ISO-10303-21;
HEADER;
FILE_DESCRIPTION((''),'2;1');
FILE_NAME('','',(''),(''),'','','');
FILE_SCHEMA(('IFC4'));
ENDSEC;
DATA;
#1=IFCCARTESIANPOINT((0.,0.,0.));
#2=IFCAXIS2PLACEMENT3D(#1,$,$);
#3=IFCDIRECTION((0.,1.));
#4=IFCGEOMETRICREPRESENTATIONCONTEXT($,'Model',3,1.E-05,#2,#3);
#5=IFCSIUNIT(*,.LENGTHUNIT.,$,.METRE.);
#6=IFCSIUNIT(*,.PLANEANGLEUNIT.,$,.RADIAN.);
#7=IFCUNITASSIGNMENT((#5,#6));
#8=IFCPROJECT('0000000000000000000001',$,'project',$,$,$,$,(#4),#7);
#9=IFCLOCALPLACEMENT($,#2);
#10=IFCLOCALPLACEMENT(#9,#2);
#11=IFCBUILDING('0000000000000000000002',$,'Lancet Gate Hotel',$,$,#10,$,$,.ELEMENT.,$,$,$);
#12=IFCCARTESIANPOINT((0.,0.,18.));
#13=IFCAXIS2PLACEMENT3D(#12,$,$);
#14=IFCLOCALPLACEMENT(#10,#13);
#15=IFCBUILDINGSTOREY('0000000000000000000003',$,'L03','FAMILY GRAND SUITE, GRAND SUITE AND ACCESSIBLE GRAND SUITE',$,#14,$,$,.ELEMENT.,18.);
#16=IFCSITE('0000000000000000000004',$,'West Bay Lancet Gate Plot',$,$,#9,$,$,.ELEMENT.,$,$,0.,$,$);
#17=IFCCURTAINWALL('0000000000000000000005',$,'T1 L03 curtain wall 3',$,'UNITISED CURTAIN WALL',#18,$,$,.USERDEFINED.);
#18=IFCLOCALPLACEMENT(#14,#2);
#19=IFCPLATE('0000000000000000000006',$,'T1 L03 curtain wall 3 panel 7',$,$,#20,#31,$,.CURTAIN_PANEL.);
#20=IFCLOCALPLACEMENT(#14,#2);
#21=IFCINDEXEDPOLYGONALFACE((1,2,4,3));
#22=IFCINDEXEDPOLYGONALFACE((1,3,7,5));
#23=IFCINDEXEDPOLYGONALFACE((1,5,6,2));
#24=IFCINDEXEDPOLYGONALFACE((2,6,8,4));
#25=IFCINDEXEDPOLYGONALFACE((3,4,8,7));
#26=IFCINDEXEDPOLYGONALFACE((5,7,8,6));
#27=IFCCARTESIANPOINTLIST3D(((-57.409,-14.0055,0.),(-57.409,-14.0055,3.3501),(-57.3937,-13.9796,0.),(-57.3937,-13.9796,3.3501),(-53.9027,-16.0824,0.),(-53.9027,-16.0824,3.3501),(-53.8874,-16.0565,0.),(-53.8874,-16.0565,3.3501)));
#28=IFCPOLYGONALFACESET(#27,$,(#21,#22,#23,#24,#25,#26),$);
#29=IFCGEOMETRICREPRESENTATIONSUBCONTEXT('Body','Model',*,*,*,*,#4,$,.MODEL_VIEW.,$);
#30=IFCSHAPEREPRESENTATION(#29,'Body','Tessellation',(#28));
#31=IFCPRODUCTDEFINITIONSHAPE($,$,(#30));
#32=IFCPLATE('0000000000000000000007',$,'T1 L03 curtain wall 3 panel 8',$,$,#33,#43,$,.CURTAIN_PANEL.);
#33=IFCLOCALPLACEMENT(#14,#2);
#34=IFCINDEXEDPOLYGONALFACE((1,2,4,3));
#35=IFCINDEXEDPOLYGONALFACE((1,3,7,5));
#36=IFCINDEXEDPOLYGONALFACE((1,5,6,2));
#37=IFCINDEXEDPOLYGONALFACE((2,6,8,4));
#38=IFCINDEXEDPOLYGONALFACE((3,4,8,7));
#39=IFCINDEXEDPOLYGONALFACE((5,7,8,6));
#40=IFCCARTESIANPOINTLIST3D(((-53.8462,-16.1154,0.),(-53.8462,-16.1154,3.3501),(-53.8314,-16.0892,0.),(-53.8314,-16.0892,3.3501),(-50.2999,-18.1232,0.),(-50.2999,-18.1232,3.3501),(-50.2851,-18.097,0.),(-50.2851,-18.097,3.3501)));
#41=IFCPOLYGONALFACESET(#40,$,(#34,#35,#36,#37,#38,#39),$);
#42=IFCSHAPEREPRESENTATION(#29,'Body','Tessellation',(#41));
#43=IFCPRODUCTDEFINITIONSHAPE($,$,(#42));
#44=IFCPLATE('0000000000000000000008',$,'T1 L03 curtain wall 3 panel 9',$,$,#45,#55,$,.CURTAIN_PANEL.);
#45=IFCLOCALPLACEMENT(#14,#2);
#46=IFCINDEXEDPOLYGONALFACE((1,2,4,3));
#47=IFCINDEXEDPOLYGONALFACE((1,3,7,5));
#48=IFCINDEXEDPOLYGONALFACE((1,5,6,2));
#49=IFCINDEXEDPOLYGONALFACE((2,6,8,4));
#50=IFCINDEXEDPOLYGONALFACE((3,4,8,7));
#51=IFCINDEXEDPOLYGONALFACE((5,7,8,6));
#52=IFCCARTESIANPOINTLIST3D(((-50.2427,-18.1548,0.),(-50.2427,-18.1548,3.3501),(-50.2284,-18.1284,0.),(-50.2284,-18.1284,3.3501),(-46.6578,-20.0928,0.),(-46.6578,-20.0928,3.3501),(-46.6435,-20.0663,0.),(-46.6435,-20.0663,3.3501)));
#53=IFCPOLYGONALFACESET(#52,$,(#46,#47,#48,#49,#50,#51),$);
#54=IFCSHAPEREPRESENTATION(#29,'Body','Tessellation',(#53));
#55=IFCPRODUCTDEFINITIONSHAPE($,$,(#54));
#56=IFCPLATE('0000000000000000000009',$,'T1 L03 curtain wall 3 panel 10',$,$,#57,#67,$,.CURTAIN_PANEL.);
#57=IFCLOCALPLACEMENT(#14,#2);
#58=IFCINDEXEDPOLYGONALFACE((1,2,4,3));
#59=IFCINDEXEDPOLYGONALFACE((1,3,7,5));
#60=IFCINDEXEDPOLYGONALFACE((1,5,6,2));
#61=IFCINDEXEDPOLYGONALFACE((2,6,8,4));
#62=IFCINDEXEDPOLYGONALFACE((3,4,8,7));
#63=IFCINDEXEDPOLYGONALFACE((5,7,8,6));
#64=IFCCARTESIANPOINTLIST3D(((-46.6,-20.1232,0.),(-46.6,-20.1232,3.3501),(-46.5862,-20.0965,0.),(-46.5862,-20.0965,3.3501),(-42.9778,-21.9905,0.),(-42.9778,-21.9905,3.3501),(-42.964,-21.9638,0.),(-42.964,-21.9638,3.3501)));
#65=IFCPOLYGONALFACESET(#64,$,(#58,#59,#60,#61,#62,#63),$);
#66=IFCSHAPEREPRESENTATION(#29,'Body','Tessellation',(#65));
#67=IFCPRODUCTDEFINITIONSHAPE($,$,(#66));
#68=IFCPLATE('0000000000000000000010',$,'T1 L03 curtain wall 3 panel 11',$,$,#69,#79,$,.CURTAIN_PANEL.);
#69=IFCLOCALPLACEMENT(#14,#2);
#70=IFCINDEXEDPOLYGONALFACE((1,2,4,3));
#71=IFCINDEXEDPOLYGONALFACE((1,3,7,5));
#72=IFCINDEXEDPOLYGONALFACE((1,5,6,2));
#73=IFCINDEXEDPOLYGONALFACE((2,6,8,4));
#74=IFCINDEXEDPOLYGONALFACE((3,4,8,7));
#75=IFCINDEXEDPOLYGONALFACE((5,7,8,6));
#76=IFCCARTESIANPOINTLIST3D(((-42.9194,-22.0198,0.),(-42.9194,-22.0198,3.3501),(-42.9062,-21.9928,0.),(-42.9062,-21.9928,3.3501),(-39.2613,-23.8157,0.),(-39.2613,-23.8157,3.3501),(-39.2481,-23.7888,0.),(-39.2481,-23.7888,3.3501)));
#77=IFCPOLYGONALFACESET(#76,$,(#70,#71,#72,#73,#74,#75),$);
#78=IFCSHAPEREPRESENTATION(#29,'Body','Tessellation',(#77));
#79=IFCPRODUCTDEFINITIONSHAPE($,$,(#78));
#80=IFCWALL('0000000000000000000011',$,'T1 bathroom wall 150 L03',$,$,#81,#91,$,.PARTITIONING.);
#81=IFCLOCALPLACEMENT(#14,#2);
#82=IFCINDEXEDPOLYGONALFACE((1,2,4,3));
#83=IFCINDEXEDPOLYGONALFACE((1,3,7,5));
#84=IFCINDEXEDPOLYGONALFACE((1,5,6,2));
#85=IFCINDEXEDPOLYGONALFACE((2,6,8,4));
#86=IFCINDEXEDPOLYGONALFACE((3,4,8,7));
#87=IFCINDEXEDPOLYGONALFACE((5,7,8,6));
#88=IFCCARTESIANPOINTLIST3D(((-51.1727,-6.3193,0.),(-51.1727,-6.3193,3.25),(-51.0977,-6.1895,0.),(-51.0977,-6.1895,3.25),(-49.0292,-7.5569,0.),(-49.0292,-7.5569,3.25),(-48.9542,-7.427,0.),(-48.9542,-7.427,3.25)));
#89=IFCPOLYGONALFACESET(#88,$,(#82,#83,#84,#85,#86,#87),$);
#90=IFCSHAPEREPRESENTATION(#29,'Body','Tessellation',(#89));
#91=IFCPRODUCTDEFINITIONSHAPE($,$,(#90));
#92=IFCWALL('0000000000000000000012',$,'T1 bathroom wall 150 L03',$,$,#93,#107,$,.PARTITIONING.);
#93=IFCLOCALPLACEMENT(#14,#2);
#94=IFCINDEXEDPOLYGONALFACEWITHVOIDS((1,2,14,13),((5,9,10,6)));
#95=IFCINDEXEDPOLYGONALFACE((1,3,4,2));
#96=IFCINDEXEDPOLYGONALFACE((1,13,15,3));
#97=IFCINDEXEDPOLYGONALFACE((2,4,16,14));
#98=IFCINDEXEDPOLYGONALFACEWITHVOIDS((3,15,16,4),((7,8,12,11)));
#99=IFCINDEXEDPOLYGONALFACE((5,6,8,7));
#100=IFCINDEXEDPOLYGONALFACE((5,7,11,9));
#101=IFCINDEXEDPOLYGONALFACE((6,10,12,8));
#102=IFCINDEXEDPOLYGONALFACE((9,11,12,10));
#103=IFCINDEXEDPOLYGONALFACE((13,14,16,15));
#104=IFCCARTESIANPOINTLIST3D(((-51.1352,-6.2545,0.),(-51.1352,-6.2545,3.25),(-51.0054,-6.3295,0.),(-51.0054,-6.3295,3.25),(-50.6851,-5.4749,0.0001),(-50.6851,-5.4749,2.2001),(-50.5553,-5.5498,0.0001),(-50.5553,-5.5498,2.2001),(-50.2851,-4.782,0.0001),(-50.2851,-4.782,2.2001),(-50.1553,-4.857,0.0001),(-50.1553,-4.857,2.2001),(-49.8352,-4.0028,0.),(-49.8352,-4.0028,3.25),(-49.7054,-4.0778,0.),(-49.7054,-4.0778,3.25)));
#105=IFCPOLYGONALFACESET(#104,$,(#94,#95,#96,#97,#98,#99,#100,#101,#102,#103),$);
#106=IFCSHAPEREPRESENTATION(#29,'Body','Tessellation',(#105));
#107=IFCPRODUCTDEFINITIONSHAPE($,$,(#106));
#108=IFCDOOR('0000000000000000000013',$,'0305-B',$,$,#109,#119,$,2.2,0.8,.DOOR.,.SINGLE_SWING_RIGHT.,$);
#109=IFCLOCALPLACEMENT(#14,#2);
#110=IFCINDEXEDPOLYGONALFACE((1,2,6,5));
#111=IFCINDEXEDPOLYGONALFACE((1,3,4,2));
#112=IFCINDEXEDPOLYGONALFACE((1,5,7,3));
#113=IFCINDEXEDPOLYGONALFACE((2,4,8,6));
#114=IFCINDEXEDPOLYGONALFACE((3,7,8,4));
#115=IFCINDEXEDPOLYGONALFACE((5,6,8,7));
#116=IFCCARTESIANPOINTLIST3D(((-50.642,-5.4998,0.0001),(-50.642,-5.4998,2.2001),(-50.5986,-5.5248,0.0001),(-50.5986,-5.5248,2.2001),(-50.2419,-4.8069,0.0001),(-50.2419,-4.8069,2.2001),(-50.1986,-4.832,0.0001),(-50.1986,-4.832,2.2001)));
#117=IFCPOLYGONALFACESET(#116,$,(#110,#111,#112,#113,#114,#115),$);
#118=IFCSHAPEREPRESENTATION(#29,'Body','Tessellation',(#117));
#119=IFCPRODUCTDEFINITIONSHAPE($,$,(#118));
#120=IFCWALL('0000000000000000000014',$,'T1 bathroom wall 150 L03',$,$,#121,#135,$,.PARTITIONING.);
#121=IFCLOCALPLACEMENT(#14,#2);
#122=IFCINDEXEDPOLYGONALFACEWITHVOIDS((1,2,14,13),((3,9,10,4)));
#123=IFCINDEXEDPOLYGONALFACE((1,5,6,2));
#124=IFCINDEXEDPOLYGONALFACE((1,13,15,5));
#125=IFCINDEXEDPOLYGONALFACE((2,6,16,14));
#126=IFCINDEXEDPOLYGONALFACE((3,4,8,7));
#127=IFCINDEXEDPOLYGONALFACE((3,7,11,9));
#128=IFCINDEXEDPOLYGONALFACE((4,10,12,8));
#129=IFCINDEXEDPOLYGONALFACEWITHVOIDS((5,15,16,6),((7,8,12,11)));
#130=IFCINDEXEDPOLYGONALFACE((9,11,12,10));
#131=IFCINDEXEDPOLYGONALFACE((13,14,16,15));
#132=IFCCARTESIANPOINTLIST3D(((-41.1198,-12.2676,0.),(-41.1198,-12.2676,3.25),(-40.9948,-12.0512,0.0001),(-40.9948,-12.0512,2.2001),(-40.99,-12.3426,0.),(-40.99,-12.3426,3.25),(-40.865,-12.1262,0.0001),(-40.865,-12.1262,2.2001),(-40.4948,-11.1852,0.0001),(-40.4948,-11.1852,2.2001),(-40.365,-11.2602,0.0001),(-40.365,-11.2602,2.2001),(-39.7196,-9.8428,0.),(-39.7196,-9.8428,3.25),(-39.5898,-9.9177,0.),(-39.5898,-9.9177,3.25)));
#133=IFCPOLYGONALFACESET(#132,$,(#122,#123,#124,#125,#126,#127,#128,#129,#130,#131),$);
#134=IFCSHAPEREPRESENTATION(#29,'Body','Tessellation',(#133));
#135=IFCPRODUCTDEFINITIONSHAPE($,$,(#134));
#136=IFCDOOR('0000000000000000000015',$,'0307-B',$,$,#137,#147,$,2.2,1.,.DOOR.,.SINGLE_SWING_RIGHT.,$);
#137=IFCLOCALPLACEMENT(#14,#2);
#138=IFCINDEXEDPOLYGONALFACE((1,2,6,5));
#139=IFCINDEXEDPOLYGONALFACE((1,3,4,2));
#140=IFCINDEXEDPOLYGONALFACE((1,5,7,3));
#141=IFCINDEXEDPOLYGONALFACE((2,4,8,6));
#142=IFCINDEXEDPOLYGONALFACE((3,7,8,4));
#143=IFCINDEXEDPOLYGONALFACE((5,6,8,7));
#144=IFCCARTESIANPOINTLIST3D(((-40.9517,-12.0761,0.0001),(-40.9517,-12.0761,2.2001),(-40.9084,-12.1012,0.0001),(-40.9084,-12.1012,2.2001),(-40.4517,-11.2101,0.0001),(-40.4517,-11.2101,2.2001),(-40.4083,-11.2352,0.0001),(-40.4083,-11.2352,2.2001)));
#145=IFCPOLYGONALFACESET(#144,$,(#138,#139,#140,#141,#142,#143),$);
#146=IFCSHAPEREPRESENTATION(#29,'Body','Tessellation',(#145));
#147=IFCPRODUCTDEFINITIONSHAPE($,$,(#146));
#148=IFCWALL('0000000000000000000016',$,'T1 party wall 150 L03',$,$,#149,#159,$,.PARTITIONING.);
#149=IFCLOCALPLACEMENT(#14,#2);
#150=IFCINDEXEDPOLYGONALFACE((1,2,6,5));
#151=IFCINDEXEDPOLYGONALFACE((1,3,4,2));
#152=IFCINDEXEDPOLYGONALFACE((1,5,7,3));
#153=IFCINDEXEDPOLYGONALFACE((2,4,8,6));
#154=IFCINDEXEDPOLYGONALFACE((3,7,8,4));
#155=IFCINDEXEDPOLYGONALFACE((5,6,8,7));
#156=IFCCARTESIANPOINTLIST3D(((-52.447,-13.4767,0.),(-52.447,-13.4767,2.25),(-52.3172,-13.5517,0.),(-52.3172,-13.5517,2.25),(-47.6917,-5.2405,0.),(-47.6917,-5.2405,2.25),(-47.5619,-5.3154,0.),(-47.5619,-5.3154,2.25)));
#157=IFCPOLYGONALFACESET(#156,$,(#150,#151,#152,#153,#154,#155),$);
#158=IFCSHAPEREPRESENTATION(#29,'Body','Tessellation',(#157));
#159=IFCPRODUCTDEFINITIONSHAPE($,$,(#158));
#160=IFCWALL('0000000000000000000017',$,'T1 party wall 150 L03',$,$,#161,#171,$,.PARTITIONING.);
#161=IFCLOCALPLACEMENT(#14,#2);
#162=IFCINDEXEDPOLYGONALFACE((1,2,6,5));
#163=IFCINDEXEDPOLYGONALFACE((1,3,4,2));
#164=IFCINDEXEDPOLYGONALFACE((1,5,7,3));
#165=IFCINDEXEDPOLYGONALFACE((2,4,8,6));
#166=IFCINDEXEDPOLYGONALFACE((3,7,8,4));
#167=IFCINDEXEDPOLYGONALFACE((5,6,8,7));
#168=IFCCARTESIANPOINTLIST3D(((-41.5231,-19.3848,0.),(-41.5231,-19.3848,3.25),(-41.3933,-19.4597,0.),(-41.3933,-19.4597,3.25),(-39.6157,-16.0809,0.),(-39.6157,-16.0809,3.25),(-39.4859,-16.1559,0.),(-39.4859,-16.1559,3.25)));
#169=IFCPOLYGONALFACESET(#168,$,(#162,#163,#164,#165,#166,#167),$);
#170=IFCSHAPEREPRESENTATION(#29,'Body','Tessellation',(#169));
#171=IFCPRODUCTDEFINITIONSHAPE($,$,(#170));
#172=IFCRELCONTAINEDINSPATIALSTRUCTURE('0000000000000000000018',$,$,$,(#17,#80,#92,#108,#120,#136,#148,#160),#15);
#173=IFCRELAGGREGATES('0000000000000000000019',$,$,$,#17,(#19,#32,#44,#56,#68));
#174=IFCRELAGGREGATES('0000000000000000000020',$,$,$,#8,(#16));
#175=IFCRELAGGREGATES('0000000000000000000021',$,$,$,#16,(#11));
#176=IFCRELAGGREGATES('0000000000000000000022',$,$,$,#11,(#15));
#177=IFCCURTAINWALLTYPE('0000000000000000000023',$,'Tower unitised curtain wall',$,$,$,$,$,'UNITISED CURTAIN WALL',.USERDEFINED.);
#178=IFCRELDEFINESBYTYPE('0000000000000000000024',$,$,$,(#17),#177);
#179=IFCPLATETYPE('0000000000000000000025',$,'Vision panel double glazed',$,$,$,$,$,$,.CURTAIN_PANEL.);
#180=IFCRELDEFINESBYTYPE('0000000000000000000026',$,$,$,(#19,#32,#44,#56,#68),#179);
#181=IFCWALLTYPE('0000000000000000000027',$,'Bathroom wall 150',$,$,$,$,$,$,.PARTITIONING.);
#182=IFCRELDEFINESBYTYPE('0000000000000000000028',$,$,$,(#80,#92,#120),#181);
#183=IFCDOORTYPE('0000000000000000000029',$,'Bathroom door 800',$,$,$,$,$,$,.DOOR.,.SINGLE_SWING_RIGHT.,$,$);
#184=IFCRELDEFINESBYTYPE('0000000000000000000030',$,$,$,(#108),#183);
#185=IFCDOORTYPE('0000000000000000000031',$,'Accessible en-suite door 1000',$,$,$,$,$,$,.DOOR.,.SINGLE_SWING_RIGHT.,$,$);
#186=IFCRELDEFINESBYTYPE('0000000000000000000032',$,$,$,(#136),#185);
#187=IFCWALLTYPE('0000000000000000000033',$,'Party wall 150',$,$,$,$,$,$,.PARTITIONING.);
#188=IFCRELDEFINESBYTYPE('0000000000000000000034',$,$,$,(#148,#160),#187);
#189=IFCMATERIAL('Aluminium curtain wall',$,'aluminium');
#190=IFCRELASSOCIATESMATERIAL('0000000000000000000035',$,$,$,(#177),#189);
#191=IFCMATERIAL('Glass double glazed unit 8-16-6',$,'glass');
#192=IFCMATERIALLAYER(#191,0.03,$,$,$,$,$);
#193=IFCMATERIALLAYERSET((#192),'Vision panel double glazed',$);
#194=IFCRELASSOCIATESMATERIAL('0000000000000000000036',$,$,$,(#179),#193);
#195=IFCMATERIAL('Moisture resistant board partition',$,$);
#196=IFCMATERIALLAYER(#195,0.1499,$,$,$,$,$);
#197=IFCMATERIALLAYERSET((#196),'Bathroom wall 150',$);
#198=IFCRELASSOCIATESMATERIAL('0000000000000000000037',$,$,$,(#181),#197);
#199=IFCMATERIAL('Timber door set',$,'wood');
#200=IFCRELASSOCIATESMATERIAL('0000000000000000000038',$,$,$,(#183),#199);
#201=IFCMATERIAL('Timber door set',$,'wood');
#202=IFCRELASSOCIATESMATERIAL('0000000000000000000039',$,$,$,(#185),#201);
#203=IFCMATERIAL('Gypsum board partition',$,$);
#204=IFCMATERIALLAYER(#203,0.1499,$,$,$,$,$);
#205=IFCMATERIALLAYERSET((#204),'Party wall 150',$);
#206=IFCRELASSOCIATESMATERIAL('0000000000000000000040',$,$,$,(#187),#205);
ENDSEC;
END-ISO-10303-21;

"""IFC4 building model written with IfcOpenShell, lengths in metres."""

from ifc_helpers import new_model, si_unit, direction, frame, frame_2d, origin, origin_2d, place, context, subcontext, project, spatial, rectangle, extrude, material, layer, layer_set, type_object, element, fill, aggregate, save


model = new_model("IFC4")

# Units and contexts
model_context = context("Model", 3, precision=1e-05, world=origin(), true_north=direction((0.0, 1.0)))
body_context = subcontext(model_context, "Body", "Model", "MODEL_VIEW")
ifc_project = project(units=[si_unit("LENGTHUNIT", "METRE"), si_unit("PLANEANGLEUNIT", "RADIAN")], contexts=[model_context])

# Site, building, storey
site_placement = place(None, origin())
site = spatial("IfcSite", under=ifc_project, at=site_placement, Name="West Bay Lancet Gate Plot", CompositionType="ELEMENT", RefElevation=0.0)
building_placement = place(site_placement, origin())
building = spatial("IfcBuilding", under=site, at=building_placement, Name="Lancet Gate Hotel", CompositionType="ELEMENT")
storey_placement = place(building_placement, frame((0.0, 0.0, 18.0)))
storey = spatial("IfcBuildingStorey", under=building, at=storey_placement, Name="L03", Description="FAMILY GRAND SUITE, GRAND SUITE AND ACCESSIBLE GRAND SUITE", CompositionType="ELEMENT", Elevation=18.0)

# Curtain wall
ifc_material_1 = material(Name="Aluminium curtain wall", Category="aluminium")
curtain_wall_type = type_object("IfcCurtainWallType", Name="Tower unitised curtain wall", ElementType="UNITISED CURTAIN WALL", PredefinedType="USERDEFINED", material=ifc_material_1)
curtain_wall_placement = place(storey_placement, origin())
curtain_wall = element("IfcCurtainWall", 1, at=curtain_wall_placement, inside=storey, type_object=curtain_wall_type, Name="T1 L03 curtain wall 3", ObjectType="UNITISED CURTAIN WALL", PredefinedType="USERDEFINED")

# Plates
ifc_material_2 = material(Name="Glass double glazed unit 8-16-6", Category="glass")
ifc_layer_1 = layer(ifc_material_2, 0.03)
ifc_layer_set_1 = layer_set([ifc_layer_1], Name="Vision panel double glazed")
plate_type = type_object("IfcPlateType", Name="Vision panel double glazed", PredefinedType="CURTAIN_PANEL", material=ifc_layer_set_1)
plate_1_placement = place(storey_placement, frame((-55.6482, -15.031, 0.0), z_axis=(0.0, 0.0, 1.0), x_axis=(0.860382, -0.50965, 0.0)))
plate_1 = element("IfcPlate", 2, at=plate_1_placement, type_object=plate_type, Name="T1 L03 curtain wall 3 panel 7", PredefinedType="CURTAIN_PANEL", context=body_context, shape_type="SweptSolid", body=[
    extrude(rectangle(XDim=4.0752, YDim=0.03, at=origin_2d()), origin(), (0.0, 0.0, 1.0), 3.3501),
])
plate_2_placement = place(storey_placement, frame((-52.0657, -17.1062, 0.0), z_axis=(0.0, 0.0, 1.0), x_axis=(0.870205, -0.49269, 0.0)))
plate_2 = element("IfcPlate", 3, at=plate_2_placement, type_object=plate_type, Name="T1 L03 curtain wall 3 panel 8", PredefinedType="CURTAIN_PANEL", context=body_context, shape_type="SweptSolid", body=[
    extrude(rectangle(XDim=4.0752, YDim=0.03, at=origin_2d()), origin(), (0.0, 0.0, 1.0), 3.3501),
])
plate_3_placement = place(storey_placement, frame((-48.4431, -19.1106, 0.0), z_axis=(0.0, 0.0, 1.0), x_axis=(0.879693, -0.475541, 0.0)))
plate_3 = element("IfcPlate", 4, at=plate_3_placement, type_object=plate_type, Name="T1 L03 curtain wall 3 panel 9", PredefinedType="CURTAIN_PANEL", context=body_context, shape_type="SweptSolid", body=[
    extrude(rectangle(XDim=4.0752, YDim=0.03, at=origin_2d()), origin(), (0.0, 0.0, 1.0), 3.3501),
])
plate_4_placement = place(storey_placement, frame((-44.782, -21.0435, 0.0), z_axis=(0.0, 0.0, 1.0), x_axis=(0.888844, -0.45821, 0.0)))
plate_4 = element("IfcPlate", 5, at=plate_4_placement, type_object=plate_type, Name="T1 L03 curtain wall 3 panel 10", PredefinedType="CURTAIN_PANEL", context=body_context, shape_type="SweptSolid", body=[
    extrude(rectangle(XDim=4.0752, YDim=0.03, at=origin_2d()), origin(), (0.0, 0.0, 1.0), 3.3501),
])
plate_5_placement = place(storey_placement, frame((-41.0837, -22.9043, 0.0), z_axis=(0.0, 0.0, 1.0), x_axis=(0.897653, -0.440702, 0.0)))
plate_5 = element("IfcPlate", 6, at=plate_5_placement, type_object=plate_type, Name="T1 L03 curtain wall 3 panel 11", PredefinedType="CURTAIN_PANEL", context=body_context, shape_type="SweptSolid", body=[
    extrude(rectangle(XDim=4.0752, YDim=0.03, at=origin_2d()), origin(), (0.0, 0.0, 1.0), 3.3501),
])
aggregate(curtain_wall, [plate_1, plate_2, plate_3, plate_4, plate_5])

# Wall
ifc_material_3 = material(Name="Moisture resistant board partition")
ifc_layer_2 = layer(ifc_material_3, 0.1499)
ifc_layer_set_2 = layer_set([ifc_layer_2], Name="Bathroom wall 150")
wall_type_1 = type_object("IfcWallType", Name="Bathroom wall 150", PredefinedType="PARTITIONING", material=ifc_layer_set_2)
wall_1_placement = place(storey_placement, frame((-48.9917, -7.4919, 0.0), z_axis=(0.0, 0.0, 1.0), x_axis=(-0.866031, 0.49999, 0.0)))
element("IfcWall", 7, at=wall_1_placement, inside=storey, type_object=wall_type_1, Name="T1 bathroom wall 150 L03", PredefinedType="PARTITIONING", context=body_context, shape_type="SweptSolid", body=[
    extrude(rectangle(XDim=2.4751, YDim=0.1499, at=frame_2d((1.2375, 0.0))), origin(), (0.0, 0.0, 1.0), 3.25),
])

# Walls, openings, doors
wall_2_placement = place(storey_placement, frame((-49.7703, -4.0403, 0.0), z_axis=(0.0, 0.0, 1.0), x_axis=(-0.500007, -0.866021, 0.0)))
wall_2 = element("IfcWall", 8, at=wall_2_placement, inside=storey, type_object=wall_type_1, Name="T1 bathroom wall 150 L03", PredefinedType="PARTITIONING", context=body_context, shape_type="SweptSolid", body=[
    extrude(rectangle(XDim=2.6001, YDim=0.1499, at=frame_2d((1.3, 0.0))), origin(), (0.0, 0.0, 1.0), 3.25),
])
opening_1_placement = place(wall_2_placement, frame((0.8999, 0.0, 0.0)))
opening_1 = element("IfcOpeningElement", 9, at=opening_1_placement, cuts=wall_2, PredefinedType="OPENING", context=body_context, shape_type="SweptSolid", body=[
    extrude(rectangle(XDim=0.8, YDim=2.2, at=frame_2d((0.3999, 1.1001))), frame((0.0, 0.085, 0.0), z_axis=(0.0, -1.0, 0.0), x_axis=(1.0, 0.0, 0.0)), (0.0, 0.0, 1.0), 0.1699),
])
ifc_material_4 = material(Name="Timber door set", Category="wood")
door_type_1 = type_object("IfcDoorType", Name="Bathroom door 800", OperationType="SINGLE_SWING_RIGHT", PredefinedType="DOOR", material=ifc_material_4)
door_1_placement = place(opening_1_placement, origin())
door_1 = element("IfcDoor", 10, at=door_1_placement, inside=storey, type_object=door_type_1, Name="0305-B", OperationType="SINGLE_SWING_RIGHT", OverallHeight=2.2, OverallWidth=0.8, PredefinedType="DOOR", context=body_context, shape_type="SweptSolid", body=[
    extrude(rectangle(XDim=0.8, YDim=2.2, at=frame_2d((0.3999, 1.1001))), frame((0.0, 0.0249, 0.0), z_axis=(0.0, -1.0, 0.0), x_axis=(1.0, 0.0, 0.0)), (0.0, 0.0, 1.0), 0.05),
])
fill(opening_1, door_1)
wall_3_placement = place(storey_placement, frame((-39.6548, -9.8804, 0.0), z_axis=(0.0, 0.0, 1.0), x_axis=(-0.50005, -0.865997, 0.0)))
wall_3 = element("IfcWall", 11, at=wall_3_placement, inside=storey, type_object=wall_type_1, Name="T1 bathroom wall 150 L03", PredefinedType="PARTITIONING", context=body_context, shape_type="SweptSolid", body=[
    extrude(rectangle(XDim=2.8, YDim=0.1499, at=frame_2d((1.3999, 0.0))), origin(), (0.0, 0.0, 1.0), 3.25),
])
opening_2_placement = place(wall_3_placement, frame((1.55, 0.0, 0.0)))
opening_2 = element("IfcOpeningElement", 12, at=opening_2_placement, cuts=wall_3, PredefinedType="OPENING", context=body_context, shape_type="SweptSolid", body=[
    extrude(rectangle(XDim=1.0, YDim=2.2, at=frame_2d((0.5, 1.1001))), frame((0.0, 0.085, 0.0), z_axis=(0.0, -1.0, 0.0), x_axis=(1.0, 0.0, 0.0)), (0.0, 0.0, 1.0), 0.1699),
])
ifc_material_5 = material(Name="Timber door set", Category="wood")
door_type_2 = type_object("IfcDoorType", Name="Accessible en-suite door 1000", OperationType="SINGLE_SWING_RIGHT", PredefinedType="DOOR", material=ifc_material_5)
door_2_placement = place(opening_2_placement, origin())
door_2 = element("IfcDoor", 13, at=door_2_placement, inside=storey, type_object=door_type_2, Name="0307-B", OperationType="SINGLE_SWING_RIGHT", OverallHeight=2.2, OverallWidth=1.0, PredefinedType="DOOR", context=body_context, shape_type="SweptSolid", body=[
    extrude(rectangle(XDim=1.0, YDim=2.2, at=frame_2d((0.5, 1.1001))), frame((0.0, 0.0249, 0.0), z_axis=(0.0, -1.0, 0.0), x_axis=(1.0, 0.0, 0.0)), (0.0, 0.0, 1.0), 0.05),
])
fill(opening_2, door_2)

# Walls
ifc_material_6 = material(Name="Gypsum board partition")
ifc_layer_3 = layer(ifc_material_6, 0.1499)
ifc_layer_set_3 = layer_set([ifc_layer_3], Name="Party wall 150")
wall_type_2 = type_object("IfcWallType", Name="Party wall 150", PredefinedType="PARTITIONING", material=ifc_layer_set_3)
wall_4_placement = place(storey_placement, frame((-47.6267, -5.2778, 0.0), z_axis=(0.0, 0.0, 1.0), x_axis=(-0.50001, -0.86602, 0.0)))
element("IfcWall", 14, at=wall_4_placement, inside=storey, type_object=wall_type_2, Name="T1 party wall 150 L03", PredefinedType="PARTITIONING", context=body_context, shape_type="SweptSolid", body=[
    extrude(rectangle(XDim=9.5105, YDim=0.1499, at=frame_2d((4.7554, 0.0))), origin(), (0.0, 0.0, 1.0), 2.25),
])
wall_5_placement = place(storey_placement, frame((-39.5508, -16.1184, 0.0), z_axis=(0.0, 0.0, 1.0), x_axis=(-0.499987, -0.866033, 0.0)))
element("IfcWall", 15, at=wall_5_placement, inside=storey, type_object=wall_type_2, Name="T1 party wall 150 L03", PredefinedType="PARTITIONING", context=body_context, shape_type="SweptSolid", body=[
    extrude(rectangle(XDim=3.8149, YDim=0.1499, at=frame_2d((1.9075, 0.0))), origin(), (0.0, 0.0, 1.0), 3.25),
])

save(model, "model.ifc")
